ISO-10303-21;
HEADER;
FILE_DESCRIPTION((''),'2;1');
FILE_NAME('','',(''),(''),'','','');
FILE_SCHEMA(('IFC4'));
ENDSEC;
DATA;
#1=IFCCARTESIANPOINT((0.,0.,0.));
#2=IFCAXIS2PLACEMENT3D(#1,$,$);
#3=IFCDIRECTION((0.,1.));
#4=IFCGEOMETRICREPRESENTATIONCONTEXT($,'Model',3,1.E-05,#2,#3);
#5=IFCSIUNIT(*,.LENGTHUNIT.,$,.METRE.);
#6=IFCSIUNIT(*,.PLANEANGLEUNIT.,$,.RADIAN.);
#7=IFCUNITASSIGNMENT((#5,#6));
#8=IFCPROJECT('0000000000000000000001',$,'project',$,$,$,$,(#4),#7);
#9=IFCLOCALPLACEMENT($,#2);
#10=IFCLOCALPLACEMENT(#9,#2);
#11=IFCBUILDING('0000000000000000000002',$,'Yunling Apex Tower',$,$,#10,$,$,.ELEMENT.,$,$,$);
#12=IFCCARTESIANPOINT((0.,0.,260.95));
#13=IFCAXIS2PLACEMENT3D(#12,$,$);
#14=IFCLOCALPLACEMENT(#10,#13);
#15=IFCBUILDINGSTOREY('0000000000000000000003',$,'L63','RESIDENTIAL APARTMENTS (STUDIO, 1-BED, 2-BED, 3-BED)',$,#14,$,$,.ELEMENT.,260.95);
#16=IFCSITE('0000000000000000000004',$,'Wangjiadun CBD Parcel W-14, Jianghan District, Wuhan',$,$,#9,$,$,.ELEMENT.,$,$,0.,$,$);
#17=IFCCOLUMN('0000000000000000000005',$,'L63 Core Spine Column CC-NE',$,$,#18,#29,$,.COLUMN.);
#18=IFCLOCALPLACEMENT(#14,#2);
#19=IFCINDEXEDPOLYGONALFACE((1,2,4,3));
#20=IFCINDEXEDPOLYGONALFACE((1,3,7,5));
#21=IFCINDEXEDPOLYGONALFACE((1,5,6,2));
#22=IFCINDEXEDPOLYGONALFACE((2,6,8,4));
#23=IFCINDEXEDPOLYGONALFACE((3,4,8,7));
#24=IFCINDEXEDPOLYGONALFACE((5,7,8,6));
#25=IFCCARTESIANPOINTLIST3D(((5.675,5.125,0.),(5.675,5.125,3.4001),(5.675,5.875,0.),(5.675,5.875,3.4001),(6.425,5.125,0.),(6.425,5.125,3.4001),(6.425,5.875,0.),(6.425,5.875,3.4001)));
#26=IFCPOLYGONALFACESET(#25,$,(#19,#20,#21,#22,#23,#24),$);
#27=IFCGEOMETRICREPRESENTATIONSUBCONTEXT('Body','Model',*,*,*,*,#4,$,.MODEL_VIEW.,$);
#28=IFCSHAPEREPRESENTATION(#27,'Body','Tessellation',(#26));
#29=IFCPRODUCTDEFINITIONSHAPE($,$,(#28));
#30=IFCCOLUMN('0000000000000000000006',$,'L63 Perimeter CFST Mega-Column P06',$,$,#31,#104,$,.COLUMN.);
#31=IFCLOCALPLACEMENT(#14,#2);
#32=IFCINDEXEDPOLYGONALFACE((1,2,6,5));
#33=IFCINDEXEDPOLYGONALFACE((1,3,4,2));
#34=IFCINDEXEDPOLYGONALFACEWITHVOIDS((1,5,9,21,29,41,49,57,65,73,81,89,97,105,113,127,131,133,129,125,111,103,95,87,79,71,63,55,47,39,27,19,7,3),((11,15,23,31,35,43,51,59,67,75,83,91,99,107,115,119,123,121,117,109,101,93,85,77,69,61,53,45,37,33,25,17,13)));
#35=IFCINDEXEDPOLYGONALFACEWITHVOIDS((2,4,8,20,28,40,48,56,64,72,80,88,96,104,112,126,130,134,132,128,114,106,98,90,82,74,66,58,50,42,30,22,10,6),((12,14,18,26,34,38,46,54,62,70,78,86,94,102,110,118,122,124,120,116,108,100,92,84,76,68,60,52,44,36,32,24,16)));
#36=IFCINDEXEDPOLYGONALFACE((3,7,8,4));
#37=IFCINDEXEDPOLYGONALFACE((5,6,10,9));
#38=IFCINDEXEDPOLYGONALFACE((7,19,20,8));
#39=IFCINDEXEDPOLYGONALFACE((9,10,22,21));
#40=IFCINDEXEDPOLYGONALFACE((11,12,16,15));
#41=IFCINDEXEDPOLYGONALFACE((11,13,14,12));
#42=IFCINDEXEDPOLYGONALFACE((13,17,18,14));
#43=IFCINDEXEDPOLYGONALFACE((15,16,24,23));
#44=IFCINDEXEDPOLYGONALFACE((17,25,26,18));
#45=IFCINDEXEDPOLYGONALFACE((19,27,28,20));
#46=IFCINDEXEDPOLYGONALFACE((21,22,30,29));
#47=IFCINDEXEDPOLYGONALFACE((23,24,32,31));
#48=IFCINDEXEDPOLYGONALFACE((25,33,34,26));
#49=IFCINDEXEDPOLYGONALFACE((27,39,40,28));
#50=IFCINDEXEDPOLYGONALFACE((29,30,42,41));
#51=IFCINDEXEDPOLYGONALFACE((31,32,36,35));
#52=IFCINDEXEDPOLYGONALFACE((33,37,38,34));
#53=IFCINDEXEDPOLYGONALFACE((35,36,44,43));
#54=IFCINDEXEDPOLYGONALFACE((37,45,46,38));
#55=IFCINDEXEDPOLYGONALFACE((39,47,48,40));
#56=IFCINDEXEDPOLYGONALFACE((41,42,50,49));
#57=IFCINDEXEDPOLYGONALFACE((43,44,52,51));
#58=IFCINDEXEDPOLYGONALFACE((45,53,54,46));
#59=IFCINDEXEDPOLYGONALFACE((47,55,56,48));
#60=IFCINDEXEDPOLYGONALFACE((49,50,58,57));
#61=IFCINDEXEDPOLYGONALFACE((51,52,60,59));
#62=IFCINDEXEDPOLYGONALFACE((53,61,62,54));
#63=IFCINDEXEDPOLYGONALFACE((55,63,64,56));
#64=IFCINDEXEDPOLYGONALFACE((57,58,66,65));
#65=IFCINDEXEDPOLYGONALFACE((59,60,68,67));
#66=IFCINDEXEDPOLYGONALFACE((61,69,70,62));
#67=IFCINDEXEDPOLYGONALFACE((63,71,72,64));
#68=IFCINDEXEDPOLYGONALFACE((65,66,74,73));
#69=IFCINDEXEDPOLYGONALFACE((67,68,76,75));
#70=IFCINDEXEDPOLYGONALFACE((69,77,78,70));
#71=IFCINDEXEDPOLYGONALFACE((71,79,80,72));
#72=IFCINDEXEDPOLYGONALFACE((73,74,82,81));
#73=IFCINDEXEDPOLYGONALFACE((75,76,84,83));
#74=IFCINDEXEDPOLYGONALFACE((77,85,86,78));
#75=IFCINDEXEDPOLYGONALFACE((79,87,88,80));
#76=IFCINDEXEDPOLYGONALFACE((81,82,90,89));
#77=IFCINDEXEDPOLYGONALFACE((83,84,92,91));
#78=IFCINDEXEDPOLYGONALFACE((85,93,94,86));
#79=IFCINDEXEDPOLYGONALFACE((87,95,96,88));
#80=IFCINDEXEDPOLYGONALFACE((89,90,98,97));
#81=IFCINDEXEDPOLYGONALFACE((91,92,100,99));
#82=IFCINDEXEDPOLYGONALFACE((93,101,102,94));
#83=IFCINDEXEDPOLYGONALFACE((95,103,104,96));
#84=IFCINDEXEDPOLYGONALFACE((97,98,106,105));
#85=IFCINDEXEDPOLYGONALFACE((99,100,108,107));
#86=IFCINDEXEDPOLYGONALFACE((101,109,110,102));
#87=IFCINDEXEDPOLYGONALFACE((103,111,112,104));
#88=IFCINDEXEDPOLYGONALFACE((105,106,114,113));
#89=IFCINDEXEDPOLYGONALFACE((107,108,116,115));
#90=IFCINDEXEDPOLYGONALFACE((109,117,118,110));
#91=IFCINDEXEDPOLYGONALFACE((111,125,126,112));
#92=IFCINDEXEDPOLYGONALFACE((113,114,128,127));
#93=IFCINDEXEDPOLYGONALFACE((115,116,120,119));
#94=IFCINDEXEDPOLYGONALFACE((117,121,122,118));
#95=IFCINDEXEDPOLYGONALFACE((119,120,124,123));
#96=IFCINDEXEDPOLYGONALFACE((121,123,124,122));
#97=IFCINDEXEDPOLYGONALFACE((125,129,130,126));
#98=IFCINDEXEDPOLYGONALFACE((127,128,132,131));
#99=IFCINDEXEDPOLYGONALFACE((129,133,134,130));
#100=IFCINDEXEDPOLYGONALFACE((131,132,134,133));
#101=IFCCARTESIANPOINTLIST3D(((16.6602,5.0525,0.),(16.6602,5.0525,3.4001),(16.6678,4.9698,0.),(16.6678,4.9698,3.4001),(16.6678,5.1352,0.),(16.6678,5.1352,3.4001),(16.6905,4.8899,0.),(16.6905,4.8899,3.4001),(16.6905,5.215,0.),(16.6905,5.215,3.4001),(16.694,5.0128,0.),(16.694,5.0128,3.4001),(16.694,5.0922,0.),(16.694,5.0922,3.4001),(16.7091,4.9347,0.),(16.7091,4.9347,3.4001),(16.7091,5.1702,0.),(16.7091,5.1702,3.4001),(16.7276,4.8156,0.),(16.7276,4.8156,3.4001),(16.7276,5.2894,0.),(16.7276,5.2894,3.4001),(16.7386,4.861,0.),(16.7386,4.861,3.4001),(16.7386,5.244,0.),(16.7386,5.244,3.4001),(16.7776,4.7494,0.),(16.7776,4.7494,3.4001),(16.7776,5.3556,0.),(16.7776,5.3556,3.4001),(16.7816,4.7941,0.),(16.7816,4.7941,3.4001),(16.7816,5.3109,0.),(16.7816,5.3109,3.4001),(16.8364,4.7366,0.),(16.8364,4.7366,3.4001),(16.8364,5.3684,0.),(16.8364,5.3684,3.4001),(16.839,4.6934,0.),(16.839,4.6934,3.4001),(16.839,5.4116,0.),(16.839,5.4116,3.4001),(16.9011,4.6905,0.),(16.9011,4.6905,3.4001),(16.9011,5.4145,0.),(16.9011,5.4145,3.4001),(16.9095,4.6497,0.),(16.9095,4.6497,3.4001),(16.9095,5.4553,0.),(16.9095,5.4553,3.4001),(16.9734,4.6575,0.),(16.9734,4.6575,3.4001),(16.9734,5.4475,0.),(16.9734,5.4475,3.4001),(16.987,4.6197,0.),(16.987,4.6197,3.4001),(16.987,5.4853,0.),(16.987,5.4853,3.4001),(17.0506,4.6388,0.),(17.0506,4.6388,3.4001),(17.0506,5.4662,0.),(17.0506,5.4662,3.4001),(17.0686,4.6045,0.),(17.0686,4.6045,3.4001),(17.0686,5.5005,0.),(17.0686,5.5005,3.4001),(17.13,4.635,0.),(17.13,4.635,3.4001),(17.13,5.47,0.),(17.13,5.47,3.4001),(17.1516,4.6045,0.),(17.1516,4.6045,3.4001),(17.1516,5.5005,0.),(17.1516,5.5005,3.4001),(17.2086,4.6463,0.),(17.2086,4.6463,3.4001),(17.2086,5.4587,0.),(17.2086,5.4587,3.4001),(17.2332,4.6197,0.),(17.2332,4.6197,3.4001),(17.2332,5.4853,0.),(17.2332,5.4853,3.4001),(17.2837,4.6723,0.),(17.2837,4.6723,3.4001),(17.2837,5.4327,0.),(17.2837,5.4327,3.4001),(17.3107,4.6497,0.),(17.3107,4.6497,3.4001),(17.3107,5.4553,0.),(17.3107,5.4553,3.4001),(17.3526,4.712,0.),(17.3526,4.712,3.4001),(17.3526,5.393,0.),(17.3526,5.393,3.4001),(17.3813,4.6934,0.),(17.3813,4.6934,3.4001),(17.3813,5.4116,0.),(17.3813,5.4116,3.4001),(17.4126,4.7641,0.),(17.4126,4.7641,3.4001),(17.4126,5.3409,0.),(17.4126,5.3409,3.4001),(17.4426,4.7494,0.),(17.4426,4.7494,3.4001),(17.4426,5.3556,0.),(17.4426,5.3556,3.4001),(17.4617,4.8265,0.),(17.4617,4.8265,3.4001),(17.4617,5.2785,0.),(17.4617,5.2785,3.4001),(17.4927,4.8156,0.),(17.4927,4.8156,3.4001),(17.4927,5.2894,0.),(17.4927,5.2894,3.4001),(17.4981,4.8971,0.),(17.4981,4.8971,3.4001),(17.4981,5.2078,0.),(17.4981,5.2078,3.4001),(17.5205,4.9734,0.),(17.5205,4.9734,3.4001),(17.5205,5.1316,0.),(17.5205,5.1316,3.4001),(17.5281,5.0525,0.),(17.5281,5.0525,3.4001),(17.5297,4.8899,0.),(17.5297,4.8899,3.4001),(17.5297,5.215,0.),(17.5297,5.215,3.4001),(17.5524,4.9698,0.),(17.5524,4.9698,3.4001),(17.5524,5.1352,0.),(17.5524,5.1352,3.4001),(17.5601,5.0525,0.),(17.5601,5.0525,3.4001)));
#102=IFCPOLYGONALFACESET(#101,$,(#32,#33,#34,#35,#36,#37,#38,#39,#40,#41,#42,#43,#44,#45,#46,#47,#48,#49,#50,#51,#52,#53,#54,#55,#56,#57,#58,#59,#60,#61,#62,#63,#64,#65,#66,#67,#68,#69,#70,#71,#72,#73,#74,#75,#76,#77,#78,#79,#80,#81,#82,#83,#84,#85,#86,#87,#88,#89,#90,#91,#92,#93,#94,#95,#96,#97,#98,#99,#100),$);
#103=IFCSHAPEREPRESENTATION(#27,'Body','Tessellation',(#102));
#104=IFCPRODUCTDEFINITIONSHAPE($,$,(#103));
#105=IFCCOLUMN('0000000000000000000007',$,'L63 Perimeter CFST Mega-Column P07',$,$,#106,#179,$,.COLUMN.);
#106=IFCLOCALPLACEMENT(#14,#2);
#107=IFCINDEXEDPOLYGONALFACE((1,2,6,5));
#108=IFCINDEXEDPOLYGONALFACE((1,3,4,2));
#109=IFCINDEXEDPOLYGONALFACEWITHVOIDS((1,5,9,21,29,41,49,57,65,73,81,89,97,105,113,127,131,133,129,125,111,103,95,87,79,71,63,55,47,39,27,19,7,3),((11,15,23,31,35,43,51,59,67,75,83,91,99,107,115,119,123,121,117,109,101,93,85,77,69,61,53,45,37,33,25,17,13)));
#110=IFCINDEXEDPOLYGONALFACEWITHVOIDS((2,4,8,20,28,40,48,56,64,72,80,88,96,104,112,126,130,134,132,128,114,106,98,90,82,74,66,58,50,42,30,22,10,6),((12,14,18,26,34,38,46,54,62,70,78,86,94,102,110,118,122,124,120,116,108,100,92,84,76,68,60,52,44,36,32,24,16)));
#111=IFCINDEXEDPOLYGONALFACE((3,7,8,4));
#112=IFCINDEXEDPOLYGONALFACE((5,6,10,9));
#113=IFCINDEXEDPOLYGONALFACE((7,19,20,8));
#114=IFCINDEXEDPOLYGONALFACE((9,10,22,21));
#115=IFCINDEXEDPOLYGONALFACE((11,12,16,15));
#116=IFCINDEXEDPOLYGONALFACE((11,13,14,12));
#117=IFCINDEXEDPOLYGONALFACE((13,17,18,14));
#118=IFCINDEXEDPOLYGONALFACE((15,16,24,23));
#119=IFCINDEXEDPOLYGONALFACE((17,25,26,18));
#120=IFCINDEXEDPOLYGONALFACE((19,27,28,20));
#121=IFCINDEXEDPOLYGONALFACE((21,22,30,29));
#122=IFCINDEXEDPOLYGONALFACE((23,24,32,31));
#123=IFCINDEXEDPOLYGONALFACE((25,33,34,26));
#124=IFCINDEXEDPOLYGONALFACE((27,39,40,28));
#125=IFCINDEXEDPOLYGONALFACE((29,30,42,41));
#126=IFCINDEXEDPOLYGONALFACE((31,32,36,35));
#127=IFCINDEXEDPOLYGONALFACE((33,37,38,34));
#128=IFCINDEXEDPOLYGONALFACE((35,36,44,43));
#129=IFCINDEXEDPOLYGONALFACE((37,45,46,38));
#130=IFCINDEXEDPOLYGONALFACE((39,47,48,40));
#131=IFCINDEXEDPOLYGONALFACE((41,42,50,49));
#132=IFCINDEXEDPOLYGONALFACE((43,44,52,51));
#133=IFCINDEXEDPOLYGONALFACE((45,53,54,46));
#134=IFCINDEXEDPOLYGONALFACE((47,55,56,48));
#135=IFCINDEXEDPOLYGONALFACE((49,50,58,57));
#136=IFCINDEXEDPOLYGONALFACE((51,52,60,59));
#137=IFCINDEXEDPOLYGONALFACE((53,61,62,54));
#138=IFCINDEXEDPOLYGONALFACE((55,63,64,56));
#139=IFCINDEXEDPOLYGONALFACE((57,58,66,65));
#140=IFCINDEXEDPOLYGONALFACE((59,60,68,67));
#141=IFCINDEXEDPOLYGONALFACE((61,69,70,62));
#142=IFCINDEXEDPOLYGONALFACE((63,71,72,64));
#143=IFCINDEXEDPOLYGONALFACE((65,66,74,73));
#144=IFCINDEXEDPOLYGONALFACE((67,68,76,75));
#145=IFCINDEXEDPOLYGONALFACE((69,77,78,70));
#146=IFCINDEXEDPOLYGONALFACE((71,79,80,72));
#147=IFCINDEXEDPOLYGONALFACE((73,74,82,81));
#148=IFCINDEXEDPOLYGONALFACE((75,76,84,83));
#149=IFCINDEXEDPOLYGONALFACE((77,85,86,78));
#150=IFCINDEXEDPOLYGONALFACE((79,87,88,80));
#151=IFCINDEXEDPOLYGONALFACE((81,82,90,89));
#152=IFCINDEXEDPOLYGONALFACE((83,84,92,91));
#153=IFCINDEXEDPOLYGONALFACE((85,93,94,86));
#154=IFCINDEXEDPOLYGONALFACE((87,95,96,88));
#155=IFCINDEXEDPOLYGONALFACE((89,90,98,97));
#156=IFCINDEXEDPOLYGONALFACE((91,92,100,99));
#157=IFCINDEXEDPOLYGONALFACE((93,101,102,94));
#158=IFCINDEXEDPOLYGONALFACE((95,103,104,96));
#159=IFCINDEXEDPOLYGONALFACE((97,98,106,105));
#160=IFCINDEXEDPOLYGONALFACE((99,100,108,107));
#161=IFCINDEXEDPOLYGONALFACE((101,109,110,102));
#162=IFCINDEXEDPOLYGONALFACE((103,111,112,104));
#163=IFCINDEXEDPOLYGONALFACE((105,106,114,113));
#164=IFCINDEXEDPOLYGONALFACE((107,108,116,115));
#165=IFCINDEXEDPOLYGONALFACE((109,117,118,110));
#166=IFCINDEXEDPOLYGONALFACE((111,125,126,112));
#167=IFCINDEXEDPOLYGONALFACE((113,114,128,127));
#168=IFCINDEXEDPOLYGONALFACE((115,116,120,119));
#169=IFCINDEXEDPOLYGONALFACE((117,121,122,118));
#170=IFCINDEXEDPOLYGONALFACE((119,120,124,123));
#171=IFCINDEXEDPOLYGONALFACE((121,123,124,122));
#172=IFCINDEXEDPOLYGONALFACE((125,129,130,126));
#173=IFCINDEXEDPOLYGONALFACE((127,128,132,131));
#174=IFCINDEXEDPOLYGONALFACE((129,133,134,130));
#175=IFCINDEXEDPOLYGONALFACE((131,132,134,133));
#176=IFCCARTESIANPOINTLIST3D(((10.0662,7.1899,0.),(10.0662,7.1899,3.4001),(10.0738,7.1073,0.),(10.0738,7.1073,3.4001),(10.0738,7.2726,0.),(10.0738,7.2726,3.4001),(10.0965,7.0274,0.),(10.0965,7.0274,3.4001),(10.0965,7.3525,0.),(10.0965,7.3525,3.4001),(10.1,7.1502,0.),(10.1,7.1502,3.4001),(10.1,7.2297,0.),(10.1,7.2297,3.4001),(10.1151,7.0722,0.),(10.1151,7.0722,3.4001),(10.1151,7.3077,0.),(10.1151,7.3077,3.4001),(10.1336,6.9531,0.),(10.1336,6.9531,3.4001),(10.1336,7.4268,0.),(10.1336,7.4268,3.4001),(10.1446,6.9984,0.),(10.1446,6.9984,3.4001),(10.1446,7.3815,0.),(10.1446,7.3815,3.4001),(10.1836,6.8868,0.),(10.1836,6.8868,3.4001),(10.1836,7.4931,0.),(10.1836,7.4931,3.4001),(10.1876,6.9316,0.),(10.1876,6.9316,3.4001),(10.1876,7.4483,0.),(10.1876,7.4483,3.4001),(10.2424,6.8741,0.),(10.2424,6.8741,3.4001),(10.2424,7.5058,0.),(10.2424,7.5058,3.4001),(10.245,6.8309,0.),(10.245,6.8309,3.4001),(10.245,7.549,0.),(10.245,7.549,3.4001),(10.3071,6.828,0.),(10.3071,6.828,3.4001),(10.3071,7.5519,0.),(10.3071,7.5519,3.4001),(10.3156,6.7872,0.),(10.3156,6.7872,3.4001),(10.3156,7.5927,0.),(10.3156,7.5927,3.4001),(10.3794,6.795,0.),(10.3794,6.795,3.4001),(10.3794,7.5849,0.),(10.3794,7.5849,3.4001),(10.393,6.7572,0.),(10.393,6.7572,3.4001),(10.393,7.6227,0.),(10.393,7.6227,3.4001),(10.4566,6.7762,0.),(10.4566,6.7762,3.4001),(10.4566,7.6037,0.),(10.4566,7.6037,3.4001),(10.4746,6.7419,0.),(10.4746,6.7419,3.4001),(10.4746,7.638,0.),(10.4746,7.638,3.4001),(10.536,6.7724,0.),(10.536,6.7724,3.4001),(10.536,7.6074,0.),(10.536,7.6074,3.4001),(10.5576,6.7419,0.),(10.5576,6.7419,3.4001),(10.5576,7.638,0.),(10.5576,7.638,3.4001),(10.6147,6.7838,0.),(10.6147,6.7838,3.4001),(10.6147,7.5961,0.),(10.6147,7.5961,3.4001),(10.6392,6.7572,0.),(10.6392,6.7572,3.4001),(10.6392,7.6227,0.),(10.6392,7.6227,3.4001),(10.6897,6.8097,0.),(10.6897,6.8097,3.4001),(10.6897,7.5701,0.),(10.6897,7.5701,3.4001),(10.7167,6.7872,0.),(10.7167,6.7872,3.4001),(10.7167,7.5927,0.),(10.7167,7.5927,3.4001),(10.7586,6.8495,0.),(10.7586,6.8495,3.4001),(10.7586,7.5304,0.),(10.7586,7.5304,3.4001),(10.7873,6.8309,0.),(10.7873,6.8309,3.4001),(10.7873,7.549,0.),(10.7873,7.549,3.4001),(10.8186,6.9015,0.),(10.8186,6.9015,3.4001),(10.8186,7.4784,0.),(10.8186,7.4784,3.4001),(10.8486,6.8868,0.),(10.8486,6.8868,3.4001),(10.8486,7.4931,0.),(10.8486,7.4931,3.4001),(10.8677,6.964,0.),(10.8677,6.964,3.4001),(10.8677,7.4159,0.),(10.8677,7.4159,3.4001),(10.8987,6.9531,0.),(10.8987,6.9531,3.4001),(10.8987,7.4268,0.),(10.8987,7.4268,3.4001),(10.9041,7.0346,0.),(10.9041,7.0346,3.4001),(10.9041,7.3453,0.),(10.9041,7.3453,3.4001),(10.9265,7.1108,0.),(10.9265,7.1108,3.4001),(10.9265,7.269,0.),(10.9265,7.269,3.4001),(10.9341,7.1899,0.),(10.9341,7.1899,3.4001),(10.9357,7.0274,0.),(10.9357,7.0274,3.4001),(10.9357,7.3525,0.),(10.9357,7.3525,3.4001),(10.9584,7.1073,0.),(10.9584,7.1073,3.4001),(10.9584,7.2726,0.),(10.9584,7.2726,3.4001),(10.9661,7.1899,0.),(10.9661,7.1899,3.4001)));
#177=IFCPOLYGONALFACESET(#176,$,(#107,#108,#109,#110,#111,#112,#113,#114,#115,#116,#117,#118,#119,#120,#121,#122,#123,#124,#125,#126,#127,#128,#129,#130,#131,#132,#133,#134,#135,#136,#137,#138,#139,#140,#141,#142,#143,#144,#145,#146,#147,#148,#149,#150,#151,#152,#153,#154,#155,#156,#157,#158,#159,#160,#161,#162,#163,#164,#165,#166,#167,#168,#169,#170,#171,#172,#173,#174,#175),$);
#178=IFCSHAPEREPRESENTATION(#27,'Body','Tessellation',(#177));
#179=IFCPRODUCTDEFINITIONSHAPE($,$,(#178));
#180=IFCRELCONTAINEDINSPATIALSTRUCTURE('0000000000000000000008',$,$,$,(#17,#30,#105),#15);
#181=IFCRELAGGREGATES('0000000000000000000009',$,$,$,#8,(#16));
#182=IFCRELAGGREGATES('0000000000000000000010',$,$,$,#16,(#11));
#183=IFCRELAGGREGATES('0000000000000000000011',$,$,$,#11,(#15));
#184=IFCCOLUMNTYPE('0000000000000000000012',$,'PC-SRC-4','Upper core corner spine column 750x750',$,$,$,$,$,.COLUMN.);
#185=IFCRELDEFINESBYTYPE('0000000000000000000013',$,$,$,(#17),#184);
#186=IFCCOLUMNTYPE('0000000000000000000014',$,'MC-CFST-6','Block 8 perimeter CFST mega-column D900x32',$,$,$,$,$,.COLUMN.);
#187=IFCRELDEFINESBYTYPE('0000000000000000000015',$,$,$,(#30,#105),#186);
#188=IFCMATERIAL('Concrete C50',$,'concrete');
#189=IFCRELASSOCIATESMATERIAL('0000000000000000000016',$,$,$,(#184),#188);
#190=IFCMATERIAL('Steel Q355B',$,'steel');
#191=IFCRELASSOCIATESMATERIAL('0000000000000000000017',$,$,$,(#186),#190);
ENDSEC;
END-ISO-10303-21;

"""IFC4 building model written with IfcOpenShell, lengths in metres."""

from ifc_helpers import new_model, si_unit, direction, frame, origin, origin_2d, place, context, subcontext, project, spatial, rectangle, hollow_circle, extrude, source, transform, mapped, material, material_profile, profile_set, type_object, element, save


model = new_model("IFC4")

# Units and contexts
model_context = context("Model", 3, precision=1e-05, world=origin(), true_north=direction((0.0, 1.0)))
body_context = subcontext(model_context, "Body", "Model", "MODEL_VIEW")
ifc_project = project(units=[si_unit("LENGTHUNIT", "METRE"), si_unit("PLANEANGLEUNIT", "RADIAN")], contexts=[model_context])

# Site, building, storey
site_placement = place(None, origin())
site = spatial("IfcSite", under=ifc_project, at=site_placement, Name="Wangjiadun CBD Parcel W-14, Jianghan District, Wuhan", CompositionType="ELEMENT", RefElevation=0.0)
building_placement = place(site_placement, origin())
building = spatial("IfcBuilding", under=site, at=building_placement, Name="Yunling Apex Tower", CompositionType="ELEMENT")
storey_placement = place(building_placement, frame((0.0, 0.0, 260.95)))
storey = spatial("IfcBuildingStorey", under=building, at=storey_placement, Name="L63", Description="RESIDENTIAL APARTMENTS (STUDIO, 1-BED, 2-BED, 3-BED)", CompositionType="ELEMENT", Elevation=260.95)

# Columns
ifc_material_1 = material(Name="Concrete C50", Category="concrete")
ifc_material_profile_1 = material_profile(ifc_material_1, rectangle(XDim=0.75, YDim=0.75, at=origin_2d()))
ifc_profile_set_1 = profile_set([ifc_material_profile_1], Name="Concrete C50")
column_type_1 = type_object("IfcColumnType", Name="PC-SRC-4", Description="Upper core corner spine column 750x750", PredefinedType="COLUMN", material=ifc_profile_set_1)
shared_shape_1 = source(origin(), body_context, "Body", "SweptSolid", [
    extrude(rectangle(XDim=0.75, YDim=0.75, at=origin_2d()), origin(), (0.0, 0.0, 1.0), 3.4001),
])
column_placement = place(storey_placement, frame((6.05, 5.5, 0.0), z_axis=(0.0, 0.0, 1.0), x_axis=(1.0, 0.0, 0.0)))
element("IfcColumn", 1, at=column_placement, inside=storey, type_object=column_type_1, Name="L63 Core Spine Column CC-NE", PredefinedType="COLUMN", context=body_context, shape_type="MappedRepresentation", body=[
    mapped(shared_shape_1, transform((0.0, 0.0, 0.0), scale=1.0)),
])
ifc_material_2 = material(Name="Steel Q355B", Category="steel")
ifc_material_profile_2 = material_profile(ifc_material_2, hollow_circle(Radius=0.45, WallThickness=0.032, at=origin_2d()))
ifc_profile_set_2 = profile_set([ifc_material_profile_2], Name="Steel Q355B")
column_type_2 = type_object("IfcColumnType", Name="MC-CFST-6", Description="Block 8 perimeter CFST mega-column D900x32", PredefinedType="COLUMN", material=ifc_profile_set_2)
shared_shape_2 = source(origin(), body_context, "Body", "SweptSolid", [
    extrude(hollow_circle(Radius=0.45, WallThickness=0.032, at=origin_2d()), origin(), (0.0, 0.0, 1.0), 3.4001),
])
for number, where, z_axis, x_axis, name in (
    (2, (17.1101, 5.0525, 0.0), (0.0, 0.0, 1.0), (1.0, 0.0, 0.0), "L63 Perimeter CFST Mega-Column P06"),
    (3, (10.5161, 7.1899, 0.0), (0.0, 0.0, 1.0), (1.0, 0.0, 0.0), "L63 Perimeter CFST Mega-Column P07"),
):
    element("IfcColumn", number, at=place(storey_placement, frame(where, z_axis=z_axis, x_axis=x_axis)), inside=storey, type_object=column_type_2, Name=name, PredefinedType="COLUMN", context=body_context, shape_type="MappedRepresentation", body=[
        mapped(shared_shape_2, transform((0.0, 0.0, 0.0), scale=1.0)),
    ])

save(model, "model.ifc")
